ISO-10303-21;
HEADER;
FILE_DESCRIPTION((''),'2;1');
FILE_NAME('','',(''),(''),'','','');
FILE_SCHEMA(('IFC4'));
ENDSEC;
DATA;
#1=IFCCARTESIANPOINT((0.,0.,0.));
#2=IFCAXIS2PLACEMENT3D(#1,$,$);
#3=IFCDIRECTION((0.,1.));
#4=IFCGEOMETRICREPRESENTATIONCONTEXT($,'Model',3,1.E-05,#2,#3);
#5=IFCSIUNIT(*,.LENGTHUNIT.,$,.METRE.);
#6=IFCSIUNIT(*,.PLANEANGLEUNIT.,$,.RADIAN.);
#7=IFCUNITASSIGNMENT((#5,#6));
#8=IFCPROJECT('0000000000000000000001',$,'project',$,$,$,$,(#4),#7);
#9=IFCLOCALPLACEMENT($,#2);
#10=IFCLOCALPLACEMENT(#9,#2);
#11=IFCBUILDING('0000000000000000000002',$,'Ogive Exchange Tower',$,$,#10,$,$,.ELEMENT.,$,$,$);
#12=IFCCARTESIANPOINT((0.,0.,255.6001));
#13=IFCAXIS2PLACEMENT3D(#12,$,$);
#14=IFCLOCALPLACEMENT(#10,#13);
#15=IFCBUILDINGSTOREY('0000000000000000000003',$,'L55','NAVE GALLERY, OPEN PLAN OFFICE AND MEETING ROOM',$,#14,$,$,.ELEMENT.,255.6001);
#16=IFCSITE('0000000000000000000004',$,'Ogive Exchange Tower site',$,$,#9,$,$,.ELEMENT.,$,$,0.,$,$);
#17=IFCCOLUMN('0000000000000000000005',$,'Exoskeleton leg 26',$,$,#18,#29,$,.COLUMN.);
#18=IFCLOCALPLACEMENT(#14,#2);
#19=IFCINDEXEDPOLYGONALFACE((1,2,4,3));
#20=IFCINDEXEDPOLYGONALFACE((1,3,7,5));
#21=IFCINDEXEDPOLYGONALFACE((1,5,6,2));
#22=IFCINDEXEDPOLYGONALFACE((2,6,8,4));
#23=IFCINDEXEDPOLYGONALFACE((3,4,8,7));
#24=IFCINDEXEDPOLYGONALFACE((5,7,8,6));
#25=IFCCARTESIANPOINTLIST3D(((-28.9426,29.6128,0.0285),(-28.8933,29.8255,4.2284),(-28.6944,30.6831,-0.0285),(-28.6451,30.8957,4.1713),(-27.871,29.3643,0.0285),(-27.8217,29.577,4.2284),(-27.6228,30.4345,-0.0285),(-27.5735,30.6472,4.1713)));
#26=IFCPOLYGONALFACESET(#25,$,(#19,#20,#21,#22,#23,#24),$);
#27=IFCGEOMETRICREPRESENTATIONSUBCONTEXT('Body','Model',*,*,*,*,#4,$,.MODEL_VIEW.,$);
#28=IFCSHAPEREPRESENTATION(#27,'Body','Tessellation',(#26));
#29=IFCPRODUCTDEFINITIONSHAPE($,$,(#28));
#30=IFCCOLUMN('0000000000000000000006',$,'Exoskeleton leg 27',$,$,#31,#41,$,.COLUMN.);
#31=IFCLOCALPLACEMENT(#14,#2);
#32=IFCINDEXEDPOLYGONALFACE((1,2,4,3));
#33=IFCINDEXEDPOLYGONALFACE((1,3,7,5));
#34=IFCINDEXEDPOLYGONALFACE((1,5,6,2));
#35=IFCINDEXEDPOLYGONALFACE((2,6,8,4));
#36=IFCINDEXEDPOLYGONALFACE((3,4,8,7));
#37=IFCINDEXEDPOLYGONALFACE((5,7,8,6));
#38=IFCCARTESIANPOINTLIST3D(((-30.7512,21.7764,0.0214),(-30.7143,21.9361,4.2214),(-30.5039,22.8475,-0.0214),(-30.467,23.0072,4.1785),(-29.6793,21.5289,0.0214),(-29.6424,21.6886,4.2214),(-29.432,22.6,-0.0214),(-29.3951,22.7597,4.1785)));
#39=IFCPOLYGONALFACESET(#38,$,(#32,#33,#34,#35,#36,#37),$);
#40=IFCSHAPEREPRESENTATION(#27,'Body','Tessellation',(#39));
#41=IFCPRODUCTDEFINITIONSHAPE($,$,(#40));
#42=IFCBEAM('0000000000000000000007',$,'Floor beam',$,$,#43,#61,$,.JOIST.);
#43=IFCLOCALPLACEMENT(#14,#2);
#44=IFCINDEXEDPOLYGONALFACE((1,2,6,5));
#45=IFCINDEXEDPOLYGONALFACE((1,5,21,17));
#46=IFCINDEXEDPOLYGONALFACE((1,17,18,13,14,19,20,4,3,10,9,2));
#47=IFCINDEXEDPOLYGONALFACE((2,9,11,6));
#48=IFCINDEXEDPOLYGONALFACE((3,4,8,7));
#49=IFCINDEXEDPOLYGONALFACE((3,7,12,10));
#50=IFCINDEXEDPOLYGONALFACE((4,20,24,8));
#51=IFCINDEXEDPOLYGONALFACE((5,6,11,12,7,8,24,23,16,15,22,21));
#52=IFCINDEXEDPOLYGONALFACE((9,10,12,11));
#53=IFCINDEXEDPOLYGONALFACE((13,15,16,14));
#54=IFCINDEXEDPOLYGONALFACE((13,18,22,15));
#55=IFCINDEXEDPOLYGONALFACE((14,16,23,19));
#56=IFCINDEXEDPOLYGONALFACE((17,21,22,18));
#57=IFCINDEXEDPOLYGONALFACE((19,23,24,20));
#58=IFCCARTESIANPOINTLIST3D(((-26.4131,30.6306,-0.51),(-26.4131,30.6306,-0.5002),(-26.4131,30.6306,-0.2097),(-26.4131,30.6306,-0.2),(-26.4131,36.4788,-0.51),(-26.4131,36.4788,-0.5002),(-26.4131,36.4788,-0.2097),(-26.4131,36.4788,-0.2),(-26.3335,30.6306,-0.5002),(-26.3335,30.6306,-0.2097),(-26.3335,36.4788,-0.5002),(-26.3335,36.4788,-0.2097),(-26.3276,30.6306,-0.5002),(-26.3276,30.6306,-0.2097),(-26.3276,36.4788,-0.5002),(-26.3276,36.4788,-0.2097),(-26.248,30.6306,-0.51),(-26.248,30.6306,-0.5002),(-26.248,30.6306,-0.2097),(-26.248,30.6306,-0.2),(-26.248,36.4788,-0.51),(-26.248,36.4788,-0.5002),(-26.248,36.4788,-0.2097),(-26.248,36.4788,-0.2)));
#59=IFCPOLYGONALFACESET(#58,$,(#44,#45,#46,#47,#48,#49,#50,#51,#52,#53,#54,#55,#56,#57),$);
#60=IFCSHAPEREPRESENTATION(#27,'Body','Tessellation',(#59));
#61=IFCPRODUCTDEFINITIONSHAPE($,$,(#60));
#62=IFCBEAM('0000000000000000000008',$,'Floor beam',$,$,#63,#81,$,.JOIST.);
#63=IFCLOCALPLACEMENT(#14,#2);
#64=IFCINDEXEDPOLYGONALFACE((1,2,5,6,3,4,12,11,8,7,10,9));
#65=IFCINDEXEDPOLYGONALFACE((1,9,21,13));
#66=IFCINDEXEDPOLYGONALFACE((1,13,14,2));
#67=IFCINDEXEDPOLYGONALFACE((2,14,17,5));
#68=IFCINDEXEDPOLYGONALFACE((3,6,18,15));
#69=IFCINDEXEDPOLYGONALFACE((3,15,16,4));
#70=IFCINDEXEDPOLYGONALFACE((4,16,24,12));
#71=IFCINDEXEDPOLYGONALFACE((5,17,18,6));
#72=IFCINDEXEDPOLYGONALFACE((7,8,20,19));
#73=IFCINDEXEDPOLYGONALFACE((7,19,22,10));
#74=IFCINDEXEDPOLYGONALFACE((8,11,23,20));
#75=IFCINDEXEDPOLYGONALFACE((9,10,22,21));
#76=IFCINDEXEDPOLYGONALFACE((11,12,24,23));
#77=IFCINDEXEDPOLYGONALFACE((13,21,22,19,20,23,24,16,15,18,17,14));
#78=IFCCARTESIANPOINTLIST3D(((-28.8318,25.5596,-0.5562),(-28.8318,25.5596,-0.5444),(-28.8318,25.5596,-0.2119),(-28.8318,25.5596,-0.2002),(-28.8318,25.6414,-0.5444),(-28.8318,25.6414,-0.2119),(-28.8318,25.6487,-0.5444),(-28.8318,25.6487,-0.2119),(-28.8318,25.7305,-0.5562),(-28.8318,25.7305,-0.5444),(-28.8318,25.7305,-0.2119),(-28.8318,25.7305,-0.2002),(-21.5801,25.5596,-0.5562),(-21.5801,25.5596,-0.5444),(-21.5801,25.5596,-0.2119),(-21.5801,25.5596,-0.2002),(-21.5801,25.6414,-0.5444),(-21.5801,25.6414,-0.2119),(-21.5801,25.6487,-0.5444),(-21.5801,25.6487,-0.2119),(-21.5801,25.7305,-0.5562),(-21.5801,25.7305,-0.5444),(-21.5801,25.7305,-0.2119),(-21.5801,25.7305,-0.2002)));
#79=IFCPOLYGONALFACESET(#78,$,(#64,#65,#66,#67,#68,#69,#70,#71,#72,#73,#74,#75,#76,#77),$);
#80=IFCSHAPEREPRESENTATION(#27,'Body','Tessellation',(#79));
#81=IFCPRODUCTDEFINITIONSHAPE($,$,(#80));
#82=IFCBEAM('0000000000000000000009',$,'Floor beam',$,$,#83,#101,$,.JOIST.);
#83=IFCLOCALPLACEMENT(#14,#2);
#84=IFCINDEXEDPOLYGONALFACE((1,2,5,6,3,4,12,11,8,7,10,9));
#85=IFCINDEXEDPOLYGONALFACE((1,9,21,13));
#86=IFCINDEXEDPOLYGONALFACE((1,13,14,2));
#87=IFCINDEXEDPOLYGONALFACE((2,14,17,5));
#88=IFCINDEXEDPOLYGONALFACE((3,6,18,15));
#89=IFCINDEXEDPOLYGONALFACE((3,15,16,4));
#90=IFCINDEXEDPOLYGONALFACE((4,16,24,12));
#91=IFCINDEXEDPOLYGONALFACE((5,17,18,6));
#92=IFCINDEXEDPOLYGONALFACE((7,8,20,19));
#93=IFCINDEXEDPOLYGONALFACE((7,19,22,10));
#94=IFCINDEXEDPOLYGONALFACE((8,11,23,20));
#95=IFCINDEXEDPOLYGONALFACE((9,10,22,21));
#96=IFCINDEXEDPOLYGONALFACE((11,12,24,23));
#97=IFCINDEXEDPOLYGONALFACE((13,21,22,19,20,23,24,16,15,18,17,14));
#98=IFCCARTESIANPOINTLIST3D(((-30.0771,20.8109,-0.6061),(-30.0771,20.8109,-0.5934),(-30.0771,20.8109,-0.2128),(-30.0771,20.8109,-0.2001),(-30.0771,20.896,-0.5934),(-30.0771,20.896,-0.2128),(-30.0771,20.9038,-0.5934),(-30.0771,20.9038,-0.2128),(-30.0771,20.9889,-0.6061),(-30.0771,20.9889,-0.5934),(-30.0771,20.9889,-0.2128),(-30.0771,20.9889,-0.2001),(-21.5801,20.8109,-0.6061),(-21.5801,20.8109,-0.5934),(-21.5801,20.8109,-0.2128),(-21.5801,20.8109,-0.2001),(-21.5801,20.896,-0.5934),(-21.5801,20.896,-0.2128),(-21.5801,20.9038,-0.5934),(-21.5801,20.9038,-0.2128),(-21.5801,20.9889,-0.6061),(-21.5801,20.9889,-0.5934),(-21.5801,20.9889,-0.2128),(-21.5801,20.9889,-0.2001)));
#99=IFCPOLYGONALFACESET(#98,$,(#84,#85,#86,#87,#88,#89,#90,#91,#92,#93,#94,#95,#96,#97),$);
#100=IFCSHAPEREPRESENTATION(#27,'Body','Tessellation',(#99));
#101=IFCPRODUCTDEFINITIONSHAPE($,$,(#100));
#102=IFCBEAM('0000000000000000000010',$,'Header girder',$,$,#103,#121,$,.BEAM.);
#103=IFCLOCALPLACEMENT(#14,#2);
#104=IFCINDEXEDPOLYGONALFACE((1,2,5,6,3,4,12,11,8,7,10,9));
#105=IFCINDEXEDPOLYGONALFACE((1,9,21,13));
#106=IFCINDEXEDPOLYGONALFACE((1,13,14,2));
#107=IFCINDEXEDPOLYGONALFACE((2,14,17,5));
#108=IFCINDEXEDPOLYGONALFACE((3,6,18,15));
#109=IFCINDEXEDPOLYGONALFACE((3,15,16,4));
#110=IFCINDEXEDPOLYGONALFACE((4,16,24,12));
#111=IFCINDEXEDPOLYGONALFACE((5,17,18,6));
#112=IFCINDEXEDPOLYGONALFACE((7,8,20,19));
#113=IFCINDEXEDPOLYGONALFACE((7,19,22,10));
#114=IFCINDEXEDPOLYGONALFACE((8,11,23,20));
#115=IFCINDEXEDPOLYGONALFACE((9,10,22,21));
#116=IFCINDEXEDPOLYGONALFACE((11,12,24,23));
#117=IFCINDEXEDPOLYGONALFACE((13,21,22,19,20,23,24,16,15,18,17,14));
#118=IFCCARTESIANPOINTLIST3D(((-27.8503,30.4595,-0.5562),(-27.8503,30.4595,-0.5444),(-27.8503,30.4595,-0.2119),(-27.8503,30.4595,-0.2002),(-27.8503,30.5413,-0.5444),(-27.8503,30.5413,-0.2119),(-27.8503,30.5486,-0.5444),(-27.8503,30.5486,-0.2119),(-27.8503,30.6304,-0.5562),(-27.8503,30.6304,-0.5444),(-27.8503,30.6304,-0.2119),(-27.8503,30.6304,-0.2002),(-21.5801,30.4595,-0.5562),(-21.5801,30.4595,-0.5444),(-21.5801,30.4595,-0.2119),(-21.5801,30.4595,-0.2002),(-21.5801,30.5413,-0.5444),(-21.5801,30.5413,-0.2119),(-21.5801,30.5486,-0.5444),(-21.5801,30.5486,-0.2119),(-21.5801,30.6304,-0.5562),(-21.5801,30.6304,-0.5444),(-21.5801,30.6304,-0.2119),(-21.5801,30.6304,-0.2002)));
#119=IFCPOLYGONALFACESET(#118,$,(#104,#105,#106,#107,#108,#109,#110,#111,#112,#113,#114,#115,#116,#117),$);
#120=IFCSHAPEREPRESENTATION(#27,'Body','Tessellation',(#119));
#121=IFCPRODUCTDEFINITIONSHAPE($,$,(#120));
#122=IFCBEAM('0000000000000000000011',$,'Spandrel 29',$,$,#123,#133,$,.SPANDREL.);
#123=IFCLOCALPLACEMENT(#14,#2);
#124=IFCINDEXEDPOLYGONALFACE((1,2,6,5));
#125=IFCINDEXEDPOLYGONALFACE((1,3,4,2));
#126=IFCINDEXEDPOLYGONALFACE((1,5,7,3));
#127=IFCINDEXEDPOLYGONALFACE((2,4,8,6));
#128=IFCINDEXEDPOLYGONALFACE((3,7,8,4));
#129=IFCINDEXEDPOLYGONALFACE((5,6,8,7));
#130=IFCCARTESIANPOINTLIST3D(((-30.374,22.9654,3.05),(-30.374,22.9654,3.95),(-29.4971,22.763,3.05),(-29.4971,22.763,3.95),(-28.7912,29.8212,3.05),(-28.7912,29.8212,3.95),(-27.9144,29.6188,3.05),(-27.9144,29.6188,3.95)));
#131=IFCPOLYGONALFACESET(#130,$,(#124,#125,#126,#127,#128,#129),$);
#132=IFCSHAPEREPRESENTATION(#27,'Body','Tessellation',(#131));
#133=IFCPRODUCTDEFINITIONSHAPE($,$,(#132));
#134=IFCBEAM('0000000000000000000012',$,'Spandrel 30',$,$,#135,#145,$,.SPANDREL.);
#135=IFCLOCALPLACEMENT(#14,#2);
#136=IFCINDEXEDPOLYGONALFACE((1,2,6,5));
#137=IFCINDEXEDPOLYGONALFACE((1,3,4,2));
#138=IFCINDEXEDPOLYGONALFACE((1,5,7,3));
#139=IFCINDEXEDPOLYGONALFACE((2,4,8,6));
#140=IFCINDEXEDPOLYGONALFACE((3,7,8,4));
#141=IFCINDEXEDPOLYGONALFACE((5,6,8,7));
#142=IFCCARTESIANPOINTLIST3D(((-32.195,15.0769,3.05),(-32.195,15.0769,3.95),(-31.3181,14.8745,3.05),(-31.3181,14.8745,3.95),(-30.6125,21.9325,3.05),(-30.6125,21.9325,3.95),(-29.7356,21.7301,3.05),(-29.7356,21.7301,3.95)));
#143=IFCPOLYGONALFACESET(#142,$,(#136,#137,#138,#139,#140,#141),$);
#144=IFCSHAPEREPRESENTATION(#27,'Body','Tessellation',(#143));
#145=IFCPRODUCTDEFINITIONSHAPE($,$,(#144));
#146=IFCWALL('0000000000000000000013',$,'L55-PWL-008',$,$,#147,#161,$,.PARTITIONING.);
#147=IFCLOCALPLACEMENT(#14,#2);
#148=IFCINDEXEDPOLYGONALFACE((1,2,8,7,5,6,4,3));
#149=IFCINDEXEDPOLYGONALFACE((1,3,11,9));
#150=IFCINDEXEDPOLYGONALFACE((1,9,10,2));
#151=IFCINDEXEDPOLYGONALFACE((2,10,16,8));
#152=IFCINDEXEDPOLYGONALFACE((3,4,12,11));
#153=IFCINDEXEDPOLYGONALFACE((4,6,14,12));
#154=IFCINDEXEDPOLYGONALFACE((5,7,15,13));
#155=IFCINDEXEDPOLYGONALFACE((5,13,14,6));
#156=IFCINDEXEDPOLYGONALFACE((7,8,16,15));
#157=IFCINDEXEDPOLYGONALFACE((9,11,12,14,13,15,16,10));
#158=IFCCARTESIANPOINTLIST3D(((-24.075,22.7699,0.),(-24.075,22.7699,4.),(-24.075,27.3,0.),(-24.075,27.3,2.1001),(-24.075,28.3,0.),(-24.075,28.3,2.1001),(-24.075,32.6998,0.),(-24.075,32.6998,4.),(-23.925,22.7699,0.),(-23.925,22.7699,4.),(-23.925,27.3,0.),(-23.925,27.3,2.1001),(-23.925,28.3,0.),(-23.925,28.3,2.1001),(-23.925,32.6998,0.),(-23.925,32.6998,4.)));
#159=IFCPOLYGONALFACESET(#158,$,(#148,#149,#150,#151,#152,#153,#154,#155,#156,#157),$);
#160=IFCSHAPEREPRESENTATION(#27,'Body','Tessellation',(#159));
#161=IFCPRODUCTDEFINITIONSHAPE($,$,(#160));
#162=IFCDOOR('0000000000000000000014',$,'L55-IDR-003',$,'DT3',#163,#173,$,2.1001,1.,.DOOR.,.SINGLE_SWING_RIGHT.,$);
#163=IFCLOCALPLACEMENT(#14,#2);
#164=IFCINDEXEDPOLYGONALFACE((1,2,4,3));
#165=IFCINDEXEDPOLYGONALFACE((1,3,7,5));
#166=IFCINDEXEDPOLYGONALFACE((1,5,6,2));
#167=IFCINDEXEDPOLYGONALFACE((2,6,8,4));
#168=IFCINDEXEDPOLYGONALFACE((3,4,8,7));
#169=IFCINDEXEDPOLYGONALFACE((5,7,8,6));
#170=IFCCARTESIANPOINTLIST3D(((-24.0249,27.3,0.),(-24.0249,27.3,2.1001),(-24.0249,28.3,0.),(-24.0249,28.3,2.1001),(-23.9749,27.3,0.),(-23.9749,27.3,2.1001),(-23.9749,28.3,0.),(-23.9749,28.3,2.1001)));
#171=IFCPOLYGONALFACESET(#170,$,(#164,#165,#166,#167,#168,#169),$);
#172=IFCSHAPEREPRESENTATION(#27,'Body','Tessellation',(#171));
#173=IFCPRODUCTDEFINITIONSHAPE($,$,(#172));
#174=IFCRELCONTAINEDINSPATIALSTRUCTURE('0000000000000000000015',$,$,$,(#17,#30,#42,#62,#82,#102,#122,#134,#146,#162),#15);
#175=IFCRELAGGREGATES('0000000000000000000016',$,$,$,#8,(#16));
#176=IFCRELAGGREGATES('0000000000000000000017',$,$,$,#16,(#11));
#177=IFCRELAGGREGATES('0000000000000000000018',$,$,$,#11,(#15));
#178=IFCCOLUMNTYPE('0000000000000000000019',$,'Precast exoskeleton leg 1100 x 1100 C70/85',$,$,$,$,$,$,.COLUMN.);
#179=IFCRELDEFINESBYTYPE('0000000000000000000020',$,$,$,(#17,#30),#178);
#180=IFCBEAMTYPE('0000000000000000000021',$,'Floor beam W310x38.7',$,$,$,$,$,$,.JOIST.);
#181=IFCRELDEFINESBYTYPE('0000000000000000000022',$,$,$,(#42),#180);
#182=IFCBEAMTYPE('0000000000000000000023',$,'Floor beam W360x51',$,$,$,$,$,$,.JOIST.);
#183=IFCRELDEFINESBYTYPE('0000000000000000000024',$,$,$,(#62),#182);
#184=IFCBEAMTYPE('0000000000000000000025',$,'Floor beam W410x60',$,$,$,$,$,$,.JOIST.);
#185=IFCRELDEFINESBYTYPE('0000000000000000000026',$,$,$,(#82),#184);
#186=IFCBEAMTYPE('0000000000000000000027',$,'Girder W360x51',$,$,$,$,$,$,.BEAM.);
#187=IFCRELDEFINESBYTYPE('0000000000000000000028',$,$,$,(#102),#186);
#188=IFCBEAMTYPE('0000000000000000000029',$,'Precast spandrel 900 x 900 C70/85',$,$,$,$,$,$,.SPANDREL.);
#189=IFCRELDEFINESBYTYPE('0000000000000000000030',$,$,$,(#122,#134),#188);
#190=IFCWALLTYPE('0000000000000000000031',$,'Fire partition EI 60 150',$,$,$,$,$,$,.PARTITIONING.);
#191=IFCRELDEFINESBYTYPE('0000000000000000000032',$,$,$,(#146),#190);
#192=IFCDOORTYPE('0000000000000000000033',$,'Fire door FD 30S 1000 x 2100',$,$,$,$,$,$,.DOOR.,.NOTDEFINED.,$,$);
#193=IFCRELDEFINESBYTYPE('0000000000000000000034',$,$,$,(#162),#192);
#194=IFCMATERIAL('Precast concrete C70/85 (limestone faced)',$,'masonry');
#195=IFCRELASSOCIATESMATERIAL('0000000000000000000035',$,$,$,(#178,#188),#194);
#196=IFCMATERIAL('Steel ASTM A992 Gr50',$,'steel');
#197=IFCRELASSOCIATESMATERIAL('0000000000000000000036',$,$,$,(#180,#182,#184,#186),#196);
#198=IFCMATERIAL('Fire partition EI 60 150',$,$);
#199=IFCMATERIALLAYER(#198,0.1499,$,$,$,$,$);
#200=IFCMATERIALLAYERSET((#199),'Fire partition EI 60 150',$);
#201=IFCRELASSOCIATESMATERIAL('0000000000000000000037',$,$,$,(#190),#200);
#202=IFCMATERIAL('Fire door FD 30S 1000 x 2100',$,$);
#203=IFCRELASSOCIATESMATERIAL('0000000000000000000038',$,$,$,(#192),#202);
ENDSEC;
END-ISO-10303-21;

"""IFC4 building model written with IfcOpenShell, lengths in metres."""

from ifc_helpers import new_model, si_unit, direction, frame, frame_2d, origin, origin_2d, place, context, subcontext, project, spatial, rectangle, i_section, extrude, material, layer, layer_set, material_profile, profile_set, type_object, element, fill, save


model = new_model("IFC4")

# Units and contexts
model_context = context("Model", 3, precision=1e-05, world=origin(), true_north=direction((0.0, 1.0)))
body_context = subcontext(model_context, "Body", "Model", "MODEL_VIEW")
ifc_project = project(units=[si_unit("LENGTHUNIT", "METRE"), si_unit("PLANEANGLEUNIT", "RADIAN")], contexts=[model_context])

# Site, building, storey
site_placement = place(None, origin())
site = spatial("IfcSite", under=ifc_project, at=site_placement, Name="Ogive Exchange Tower site", CompositionType="ELEMENT", RefElevation=0.0)
building_placement = place(site_placement, origin())
building = spatial("IfcBuilding", under=site, at=building_placement, Name="Ogive Exchange Tower", CompositionType="ELEMENT")
storey_placement = place(building_placement, frame((0.0, 0.0, 255.6001)))
storey = spatial("IfcBuildingStorey", under=building, at=storey_placement, Name="L55", Description="NAVE GALLERY, OPEN PLAN OFFICE AND MEETING ROOM", CompositionType="ELEMENT", Elevation=255.6001)

# Columns
ifc_material_1 = material(Name="Precast concrete C70/85 (limestone faced)", Category="masonry")
ifc_material_profile_1 = material_profile(ifc_material_1, rectangle(XDim=1.1001, YDim=1.1001, at=origin_2d()), Name="1100 x 1100")
ifc_profile_set_1 = profile_set([ifc_material_profile_1], Name="Precast concrete C70/85 (limestone faced)")
column_type = type_object("IfcColumnType", Name="Precast exoskeleton leg 1100 x 1100 C70/85", PredefinedType="COLUMN", material=ifc_profile_set_1)
column_1_placement = place(storey_placement, frame((-28.2827, 30.0237, 0.0), z_axis=(0.011726, 0.050562, 0.998652), x_axis=(-0.974146, 0.225921, 0.0)))
element("IfcColumn", 1, at=column_1_placement, inside=storey, type_object=column_type, Name="Exoskeleton leg 26", PredefinedType="COLUMN", context=body_context, shape_type="SweptSolid", body=[
    extrude(rectangle(XDim=1.1001, YDim=1.1001, at=origin_2d()), origin(), (0.0, 0.0, 1.0), 4.2056),
])
column_2_placement = place(storey_placement, frame((-30.0916, 22.1882, 0.0), z_axis=(0.008771, 0.037988, 0.99924), x_axis=(-0.974366, 0.224968, 0.0)))
element("IfcColumn", 2, at=column_2_placement, inside=storey, type_object=column_type, Name="Exoskeleton leg 27", PredefinedType="COLUMN", context=body_context, shape_type="SweptSolid", body=[
    extrude(rectangle(XDim=1.1001, YDim=1.1001, at=origin_2d()), origin(), (0.0, 0.0, 1.0), 4.2031),
])

# Beams
ifc_material_2 = material(Name="Steel ASTM A992 Gr50", Category="steel")
ifc_material_profile_2 = material_profile(ifc_material_2, i_section(OverallWidth=0.165, OverallDepth=0.3101, WebThickness=0.0059, FlangeThickness=0.0098, at=origin_2d()), Name="W310x38.7")
ifc_profile_set_2 = profile_set([ifc_material_profile_2], Name="Steel ASTM A992 Gr50")
beam_type_1 = type_object("IfcBeamType", Name="Floor beam W310x38.7", PredefinedType="JOIST", material=ifc_profile_set_2)
beam_1_placement = place(storey_placement, frame((-26.3306, 30.6306, -0.355), z_axis=(0.0, 1.0, 0.0), x_axis=(-1.0, 0.0, 0.0)))
element("IfcBeam", 3, at=beam_1_placement, inside=storey, type_object=beam_type_1, Name="Floor beam", PredefinedType="JOIST", context=body_context, shape_type="SweptSolid", body=[
    extrude(i_section(OverallWidth=0.165, OverallDepth=0.3101, WebThickness=0.0059, FlangeThickness=0.0098, at=origin_2d()), origin(), (0.0, 0.0, 1.0), 5.8481),
])
ifc_material_profile_3 = material_profile(ifc_material_2, i_section(OverallWidth=0.1709, OverallDepth=0.356, WebThickness=0.0073, FlangeThickness=0.0117, at=origin_2d()), Name="W360x51")
ifc_profile_set_3 = profile_set([ifc_material_profile_3], Name="Steel ASTM A992 Gr50")
beam_type_2 = type_object("IfcBeamType", Name="Floor beam W360x51", PredefinedType="JOIST", material=ifc_profile_set_3)
beam_2_placement = place(storey_placement, frame((-28.8318, 25.645, -0.3782), z_axis=(1.0, 0.0, 0.0), x_axis=(0.0, 1.0, 0.0)))
element("IfcBeam", 4, at=beam_2_placement, inside=storey, type_object=beam_type_2, Name="Floor beam", PredefinedType="JOIST", context=body_context, shape_type="SweptSolid", body=[
    extrude(i_section(OverallWidth=0.1709, OverallDepth=0.356, WebThickness=0.0073, FlangeThickness=0.0117, at=origin_2d()), origin(), (0.0, 0.0, 1.0), 7.2517),
])
ifc_material_profile_4 = material_profile(ifc_material_2, i_section(OverallWidth=0.178, OverallDepth=0.406, WebThickness=0.0078, FlangeThickness=0.0127, at=origin_2d()), Name="W410x60")
ifc_profile_set_4 = profile_set([ifc_material_profile_4], Name="Steel ASTM A992 Gr50")
beam_type_3 = type_object("IfcBeamType", Name="Floor beam W410x60", PredefinedType="JOIST", material=ifc_profile_set_4)
beam_3_placement = place(storey_placement, frame((-30.0771, 20.8999, -0.4031), z_axis=(1.0, 0.0, 0.0), x_axis=(0.0, 1.0, 0.0)))
element("IfcBeam", 5, at=beam_3_placement, inside=storey, type_object=beam_type_3, Name="Floor beam", PredefinedType="JOIST", context=body_context, shape_type="SweptSolid", body=[
    extrude(i_section(OverallWidth=0.178, OverallDepth=0.406, WebThickness=0.0078, FlangeThickness=0.0127, at=origin_2d()), origin(), (0.0, 0.0, 1.0), 8.4971),
])
ifc_material_profile_5 = material_profile(ifc_material_2, i_section(OverallWidth=0.1709, OverallDepth=0.356, WebThickness=0.0073, FlangeThickness=0.0117, at=origin_2d()), Name="W360x51")
ifc_profile_set_5 = profile_set([ifc_material_profile_5], Name="Steel ASTM A992 Gr50")
beam_type_4 = type_object("IfcBeamType", Name="Girder W360x51", PredefinedType="BEAM", material=ifc_profile_set_5)
beam_4_placement = place(storey_placement, frame((-27.8503, 30.5449, -0.3782), z_axis=(1.0, 0.0, 0.0), x_axis=(0.0, 1.0, 0.0)))
element("IfcBeam", 6, at=beam_4_placement, inside=storey, type_object=beam_type_4, Name="Header girder", PredefinedType="BEAM", context=body_context, shape_type="SweptSolid", body=[
    extrude(i_section(OverallWidth=0.1709, OverallDepth=0.356, WebThickness=0.0073, FlangeThickness=0.0117, at=origin_2d()), origin(), (0.0, 0.0, 1.0), 6.2703),
])
ifc_material_profile_6 = material_profile(ifc_material_1, rectangle(XDim=0.8999, YDim=0.8999, at=origin_2d()), Name="900 x 900")
ifc_profile_set_6 = profile_set([ifc_material_profile_6], Name="Precast concrete C70/85 (limestone faced)")
beam_type_5 = type_object("IfcBeamType", Name="Precast spandrel 900 x 900 C70/85", PredefinedType="SPANDREL", material=ifc_profile_set_6)
beam_5_placement = place(storey_placement, frame((-28.3528, 29.72, 3.5), z_axis=(-0.224951, -0.97437, 0.0), x_axis=(0.97437, -0.224951, 0.0)))
element("IfcBeam", 7, at=beam_5_placement, inside=storey, type_object=beam_type_5, Name="Spandrel 29", PredefinedType="SPANDREL", context=body_context, shape_type="SweptSolid", body=[
    extrude(rectangle(XDim=0.8999, YDim=0.8999, at=origin_2d()), origin(), (0.0, 0.0, 1.0), 7.0361),
])
beam_6_placement = place(storey_placement, frame((-30.1741, 21.8313, 3.5), z_axis=(-0.224918, -0.974378, 0.0), x_axis=(0.974378, -0.224918, 0.0)))
element("IfcBeam", 8, at=beam_6_placement, inside=storey, type_object=beam_type_5, Name="Spandrel 30", PredefinedType="SPANDREL", context=body_context, shape_type="SweptSolid", body=[
    extrude(rectangle(XDim=0.8999, YDim=0.8999, at=origin_2d()), origin(), (0.0, 0.0, 1.0), 7.0359),
])

# Wall, opening, door
ifc_material_3 = material(Name="Fire partition EI 60 150")
ifc_layer_1 = layer(ifc_material_3, 0.1499)
ifc_layer_set_1 = layer_set([ifc_layer_1], Name="Fire partition EI 60 150")
wall_type_1 = type_object("IfcWallType", Name="Fire partition EI 60 150", PredefinedType="PARTITIONING", material=ifc_layer_set_1)
wall_1_placement = place(storey_placement, frame((-24.0, 22.77, 0.0), z_axis=(0.0, 0.0, 1.0), x_axis=(0.0, 1.0, 0.0)))
wall_1 = element("IfcWall", 9, at=wall_1_placement, inside=storey, type_object=wall_type_1, Name="L55-PWL-008", PredefinedType="PARTITIONING", context=body_context, shape_type="SweptSolid", body=[
    extrude(rectangle(XDim=9.9299, YDim=0.1499, at=frame_2d((4.9648, 0.0))), origin(), (0.0, 0.0, 1.0), 4.0),
])
opening_1_placement = place(wall_1_placement, frame((4.53, 0.0, 0.0)))
opening_1 = element("IfcOpeningElement", 10, at=opening_1_placement, cuts=wall_1, PredefinedType="OPENING", context=body_context, shape_type="SweptSolid", body=[
    extrude(rectangle(XDim=1.0, YDim=2.1001, at=frame_2d((0.5, 1.05))), frame((0.0, 0.085, 0.0), z_axis=(0.0, -1.0, 0.0), x_axis=(1.0, 0.0, 0.0)), (0.0, 0.0, 1.0), 0.1699),
])
ifc_material_4 = material(Name="Fire door FD 30S 1000 x 2100")
door_type_1 = type_object("IfcDoorType", Name="Fire door FD 30S 1000 x 2100", OperationType="NOTDEFINED", PredefinedType="DOOR", material=ifc_material_4)
door_1_placement = place(opening_1_placement, origin())
door_1 = element("IfcDoor", 11, at=door_1_placement, inside=storey, type_object=door_type_1, Name="L55-IDR-003", ObjectType="DT3", OperationType="SINGLE_SWING_RIGHT", OverallHeight=2.1001, OverallWidth=1.0, PredefinedType="DOOR", context=body_context, shape_type="SweptSolid", body=[
    extrude(rectangle(XDim=1.0, YDim=2.1001, at=frame_2d((0.5, 1.05))), frame((0.0, 0.0249, 0.0), z_axis=(0.0, -1.0, 0.0), x_axis=(1.0, 0.0, 0.0)), (0.0, 0.0, 1.0), 0.05),
])
fill(opening_1, door_1)

save(model, "model.ifc")
